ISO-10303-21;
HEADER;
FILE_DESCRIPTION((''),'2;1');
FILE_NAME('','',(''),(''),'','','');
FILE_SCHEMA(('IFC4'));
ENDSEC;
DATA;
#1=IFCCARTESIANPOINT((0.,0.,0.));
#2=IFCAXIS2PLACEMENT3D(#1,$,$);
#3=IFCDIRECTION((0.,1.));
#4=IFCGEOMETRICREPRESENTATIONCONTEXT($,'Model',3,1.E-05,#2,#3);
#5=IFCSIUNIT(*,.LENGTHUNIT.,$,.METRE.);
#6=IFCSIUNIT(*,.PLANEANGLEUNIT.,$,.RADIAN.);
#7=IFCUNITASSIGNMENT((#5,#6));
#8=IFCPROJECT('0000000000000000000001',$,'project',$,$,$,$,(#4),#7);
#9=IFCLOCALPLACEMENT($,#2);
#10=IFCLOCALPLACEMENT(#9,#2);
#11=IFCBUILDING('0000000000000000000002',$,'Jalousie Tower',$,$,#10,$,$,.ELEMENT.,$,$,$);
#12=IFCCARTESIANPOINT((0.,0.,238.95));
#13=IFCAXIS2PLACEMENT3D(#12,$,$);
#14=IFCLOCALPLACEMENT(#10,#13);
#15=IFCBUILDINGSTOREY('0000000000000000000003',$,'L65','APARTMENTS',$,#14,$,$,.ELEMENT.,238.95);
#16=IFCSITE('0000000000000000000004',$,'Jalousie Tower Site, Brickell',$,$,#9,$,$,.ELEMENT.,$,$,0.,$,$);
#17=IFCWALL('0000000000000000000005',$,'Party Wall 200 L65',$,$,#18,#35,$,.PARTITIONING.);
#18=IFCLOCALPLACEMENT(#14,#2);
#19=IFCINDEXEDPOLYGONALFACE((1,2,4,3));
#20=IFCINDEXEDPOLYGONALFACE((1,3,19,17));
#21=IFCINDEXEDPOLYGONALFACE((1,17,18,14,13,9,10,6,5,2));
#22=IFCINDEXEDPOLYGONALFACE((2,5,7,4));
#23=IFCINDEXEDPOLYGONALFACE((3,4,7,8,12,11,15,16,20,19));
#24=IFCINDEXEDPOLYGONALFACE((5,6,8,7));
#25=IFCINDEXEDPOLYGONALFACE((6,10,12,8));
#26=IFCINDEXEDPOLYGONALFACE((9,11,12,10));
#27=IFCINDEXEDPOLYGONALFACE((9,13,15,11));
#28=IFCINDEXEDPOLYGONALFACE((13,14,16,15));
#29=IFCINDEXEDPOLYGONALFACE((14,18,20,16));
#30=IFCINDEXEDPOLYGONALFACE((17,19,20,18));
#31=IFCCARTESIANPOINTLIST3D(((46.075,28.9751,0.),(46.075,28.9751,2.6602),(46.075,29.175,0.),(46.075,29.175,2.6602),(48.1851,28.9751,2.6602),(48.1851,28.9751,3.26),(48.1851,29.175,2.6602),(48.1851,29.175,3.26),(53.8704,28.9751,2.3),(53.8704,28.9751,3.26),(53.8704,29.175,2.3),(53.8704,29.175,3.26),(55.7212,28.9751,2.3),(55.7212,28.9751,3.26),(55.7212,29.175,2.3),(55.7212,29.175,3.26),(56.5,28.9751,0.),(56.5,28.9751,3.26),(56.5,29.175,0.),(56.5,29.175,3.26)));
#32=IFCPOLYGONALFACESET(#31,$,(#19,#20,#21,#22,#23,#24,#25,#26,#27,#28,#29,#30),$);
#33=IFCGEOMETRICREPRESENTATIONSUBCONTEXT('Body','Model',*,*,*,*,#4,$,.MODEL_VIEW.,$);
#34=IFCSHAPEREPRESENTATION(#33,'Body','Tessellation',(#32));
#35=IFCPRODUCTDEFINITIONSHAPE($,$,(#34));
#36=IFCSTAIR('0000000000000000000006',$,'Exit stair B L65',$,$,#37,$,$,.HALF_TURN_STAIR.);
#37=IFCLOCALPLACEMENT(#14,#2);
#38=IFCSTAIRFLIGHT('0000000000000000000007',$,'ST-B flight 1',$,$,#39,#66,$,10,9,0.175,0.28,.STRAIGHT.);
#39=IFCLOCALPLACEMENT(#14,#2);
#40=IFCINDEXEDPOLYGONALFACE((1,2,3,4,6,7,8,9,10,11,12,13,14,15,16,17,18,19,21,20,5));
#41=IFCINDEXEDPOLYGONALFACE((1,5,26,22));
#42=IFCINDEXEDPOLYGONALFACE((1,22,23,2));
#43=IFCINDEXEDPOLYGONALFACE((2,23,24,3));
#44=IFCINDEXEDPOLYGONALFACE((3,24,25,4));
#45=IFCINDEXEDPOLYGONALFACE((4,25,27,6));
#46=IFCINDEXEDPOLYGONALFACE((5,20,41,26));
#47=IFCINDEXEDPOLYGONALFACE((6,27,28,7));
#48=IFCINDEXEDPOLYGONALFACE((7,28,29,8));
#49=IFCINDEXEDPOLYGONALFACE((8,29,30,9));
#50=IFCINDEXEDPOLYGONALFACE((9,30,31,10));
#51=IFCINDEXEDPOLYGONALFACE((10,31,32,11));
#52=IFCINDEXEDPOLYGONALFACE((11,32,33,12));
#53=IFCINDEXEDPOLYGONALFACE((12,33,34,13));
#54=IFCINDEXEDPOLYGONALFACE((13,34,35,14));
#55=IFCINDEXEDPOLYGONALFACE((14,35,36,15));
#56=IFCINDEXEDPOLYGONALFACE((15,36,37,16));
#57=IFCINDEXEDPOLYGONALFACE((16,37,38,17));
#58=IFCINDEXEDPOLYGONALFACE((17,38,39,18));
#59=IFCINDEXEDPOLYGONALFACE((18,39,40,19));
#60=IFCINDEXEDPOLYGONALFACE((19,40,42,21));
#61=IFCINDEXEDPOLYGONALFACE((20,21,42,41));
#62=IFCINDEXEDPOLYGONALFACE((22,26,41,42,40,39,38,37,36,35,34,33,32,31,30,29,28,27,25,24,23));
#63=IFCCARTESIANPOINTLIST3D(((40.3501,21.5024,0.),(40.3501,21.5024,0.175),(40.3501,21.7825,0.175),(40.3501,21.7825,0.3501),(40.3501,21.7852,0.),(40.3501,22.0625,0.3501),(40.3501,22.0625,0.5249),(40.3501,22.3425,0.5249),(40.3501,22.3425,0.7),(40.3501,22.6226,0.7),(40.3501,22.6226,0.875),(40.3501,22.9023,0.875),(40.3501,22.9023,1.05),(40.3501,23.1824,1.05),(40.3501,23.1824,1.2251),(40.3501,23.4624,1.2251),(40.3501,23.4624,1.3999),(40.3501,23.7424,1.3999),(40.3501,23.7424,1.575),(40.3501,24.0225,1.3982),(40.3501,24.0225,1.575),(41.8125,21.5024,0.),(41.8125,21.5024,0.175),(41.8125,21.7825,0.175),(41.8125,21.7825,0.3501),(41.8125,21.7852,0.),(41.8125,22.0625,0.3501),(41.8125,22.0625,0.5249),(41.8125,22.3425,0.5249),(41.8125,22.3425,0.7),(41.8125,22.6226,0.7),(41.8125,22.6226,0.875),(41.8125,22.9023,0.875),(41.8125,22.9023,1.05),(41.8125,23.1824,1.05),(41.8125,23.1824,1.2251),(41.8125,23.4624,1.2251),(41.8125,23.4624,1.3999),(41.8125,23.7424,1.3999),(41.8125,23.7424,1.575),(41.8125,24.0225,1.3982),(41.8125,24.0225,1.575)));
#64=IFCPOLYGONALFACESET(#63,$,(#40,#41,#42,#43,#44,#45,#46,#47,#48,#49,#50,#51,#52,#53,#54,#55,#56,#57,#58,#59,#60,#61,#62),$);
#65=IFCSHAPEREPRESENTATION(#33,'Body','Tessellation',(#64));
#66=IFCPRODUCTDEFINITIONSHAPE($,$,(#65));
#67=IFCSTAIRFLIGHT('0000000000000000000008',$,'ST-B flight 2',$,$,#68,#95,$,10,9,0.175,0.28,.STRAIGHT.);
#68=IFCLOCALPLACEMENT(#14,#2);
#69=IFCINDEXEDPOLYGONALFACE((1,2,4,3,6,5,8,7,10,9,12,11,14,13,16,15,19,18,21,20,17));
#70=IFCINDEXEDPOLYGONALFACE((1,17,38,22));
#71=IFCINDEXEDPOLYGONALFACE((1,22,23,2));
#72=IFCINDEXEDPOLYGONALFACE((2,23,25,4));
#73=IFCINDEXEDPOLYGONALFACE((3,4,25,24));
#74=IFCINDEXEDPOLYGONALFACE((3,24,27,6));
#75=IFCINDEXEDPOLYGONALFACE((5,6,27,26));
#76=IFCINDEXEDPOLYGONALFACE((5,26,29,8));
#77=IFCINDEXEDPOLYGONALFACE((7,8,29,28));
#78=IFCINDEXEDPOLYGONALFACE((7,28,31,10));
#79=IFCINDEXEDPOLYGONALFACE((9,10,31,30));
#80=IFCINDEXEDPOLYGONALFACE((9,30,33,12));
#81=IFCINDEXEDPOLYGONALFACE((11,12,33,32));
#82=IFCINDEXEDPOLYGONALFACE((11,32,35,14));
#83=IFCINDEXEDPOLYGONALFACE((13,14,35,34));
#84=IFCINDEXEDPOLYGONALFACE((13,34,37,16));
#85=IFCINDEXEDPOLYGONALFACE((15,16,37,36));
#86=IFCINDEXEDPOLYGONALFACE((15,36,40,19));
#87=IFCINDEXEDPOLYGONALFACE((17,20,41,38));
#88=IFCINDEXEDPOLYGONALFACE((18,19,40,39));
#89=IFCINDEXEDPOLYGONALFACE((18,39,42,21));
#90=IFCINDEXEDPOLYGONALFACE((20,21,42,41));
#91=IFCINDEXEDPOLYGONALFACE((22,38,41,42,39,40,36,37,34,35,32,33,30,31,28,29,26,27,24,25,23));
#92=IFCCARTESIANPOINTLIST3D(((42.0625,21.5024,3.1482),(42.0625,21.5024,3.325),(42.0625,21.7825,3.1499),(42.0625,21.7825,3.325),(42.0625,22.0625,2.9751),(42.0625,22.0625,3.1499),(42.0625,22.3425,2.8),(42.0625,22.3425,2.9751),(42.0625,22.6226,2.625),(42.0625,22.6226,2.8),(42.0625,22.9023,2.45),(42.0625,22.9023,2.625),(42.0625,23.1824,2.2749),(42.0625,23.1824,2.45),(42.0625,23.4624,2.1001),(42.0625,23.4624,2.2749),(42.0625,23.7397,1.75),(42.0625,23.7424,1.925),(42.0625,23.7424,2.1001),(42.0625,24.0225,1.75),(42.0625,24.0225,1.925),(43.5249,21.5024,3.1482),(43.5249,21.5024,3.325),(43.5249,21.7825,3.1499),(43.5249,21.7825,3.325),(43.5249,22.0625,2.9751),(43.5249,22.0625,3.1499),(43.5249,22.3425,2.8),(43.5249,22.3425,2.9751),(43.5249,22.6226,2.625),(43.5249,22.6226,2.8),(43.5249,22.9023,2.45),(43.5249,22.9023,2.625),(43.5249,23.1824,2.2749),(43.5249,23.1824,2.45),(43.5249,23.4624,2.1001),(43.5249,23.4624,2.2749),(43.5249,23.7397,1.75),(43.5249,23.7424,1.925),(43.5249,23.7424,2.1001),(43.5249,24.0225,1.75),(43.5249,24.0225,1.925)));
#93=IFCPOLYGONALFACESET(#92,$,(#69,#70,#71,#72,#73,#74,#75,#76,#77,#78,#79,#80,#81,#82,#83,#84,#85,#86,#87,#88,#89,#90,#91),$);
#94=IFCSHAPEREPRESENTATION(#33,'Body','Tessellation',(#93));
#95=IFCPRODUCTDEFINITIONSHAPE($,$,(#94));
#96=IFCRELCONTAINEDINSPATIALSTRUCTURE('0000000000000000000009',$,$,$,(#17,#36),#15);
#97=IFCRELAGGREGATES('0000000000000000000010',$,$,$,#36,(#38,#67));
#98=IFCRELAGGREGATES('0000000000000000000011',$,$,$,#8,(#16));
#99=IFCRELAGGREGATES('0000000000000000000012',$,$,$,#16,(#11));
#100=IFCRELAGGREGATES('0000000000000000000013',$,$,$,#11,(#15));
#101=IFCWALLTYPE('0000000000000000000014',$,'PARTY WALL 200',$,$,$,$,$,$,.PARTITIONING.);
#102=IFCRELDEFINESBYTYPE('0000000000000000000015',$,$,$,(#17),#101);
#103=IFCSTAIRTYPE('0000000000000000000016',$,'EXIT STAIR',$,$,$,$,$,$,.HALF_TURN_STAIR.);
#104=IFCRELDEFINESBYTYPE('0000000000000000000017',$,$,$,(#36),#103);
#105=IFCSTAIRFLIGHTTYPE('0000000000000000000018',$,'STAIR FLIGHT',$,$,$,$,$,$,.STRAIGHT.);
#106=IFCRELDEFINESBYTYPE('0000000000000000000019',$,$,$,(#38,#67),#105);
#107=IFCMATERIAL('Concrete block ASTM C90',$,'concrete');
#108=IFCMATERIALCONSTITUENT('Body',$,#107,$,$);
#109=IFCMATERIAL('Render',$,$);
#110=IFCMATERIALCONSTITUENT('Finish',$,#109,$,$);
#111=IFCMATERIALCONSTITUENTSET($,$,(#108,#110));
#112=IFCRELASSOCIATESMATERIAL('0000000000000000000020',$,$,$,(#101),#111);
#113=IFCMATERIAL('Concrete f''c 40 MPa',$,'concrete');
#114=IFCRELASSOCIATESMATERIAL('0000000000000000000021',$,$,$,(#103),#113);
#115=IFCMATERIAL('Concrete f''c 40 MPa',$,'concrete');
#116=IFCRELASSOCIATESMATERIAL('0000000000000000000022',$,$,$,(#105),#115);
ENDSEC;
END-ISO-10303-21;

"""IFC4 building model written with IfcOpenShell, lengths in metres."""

from ifc_helpers import new_model, si_unit, direction, frame, origin, place, context, subcontext, project, spatial, polyline, outline, extrude, material, constituent, constituent_set, type_object, element, aggregate, save


model = new_model("IFC4")

# Units and contexts
model_context = context("Model", 3, precision=1e-05, world=origin(), true_north=direction((0.0, 1.0)))
body_context = subcontext(model_context, "Body", "Model", "MODEL_VIEW")
ifc_project = project(units=[si_unit("LENGTHUNIT", "METRE"), si_unit("PLANEANGLEUNIT", "RADIAN")], contexts=[model_context])

# Site, building, storey
site_placement = place(None, origin())
site = spatial("IfcSite", under=ifc_project, at=site_placement, Name="Jalousie Tower Site, Brickell", CompositionType="ELEMENT", RefElevation=0.0)
building_placement = place(site_placement, origin())
building = spatial("IfcBuilding", under=site, at=building_placement, Name="Jalousie Tower", CompositionType="ELEMENT")
storey_placement = place(building_placement, frame((0.0, 0.0, 238.95)))
storey = spatial("IfcBuildingStorey", under=building, at=storey_placement, Name="L65", Description="APARTMENTS", CompositionType="ELEMENT", Elevation=238.95)

# Wall
ifc_material_1 = material(Name="Concrete block ASTM C90", Category="concrete")
ifc_constituent_1 = constituent(ifc_material_1, Name="Body")
ifc_material_2 = material(Name="Render")
ifc_constituent_2 = constituent(ifc_material_2, Name="Finish")
ifc_constituent_set_1 = constituent_set(constituents=[ifc_constituent_1, ifc_constituent_2])
wall_type_1 = type_object("IfcWallType", Name="PARTY WALL 200", PredefinedType="PARTITIONING", material=ifc_constituent_set_1)
wall_1_placement = place(storey_placement, frame((46.075, 29.075, 0.0), z_axis=(0.0, 0.0, 1.0), x_axis=(1.0, 0.0, 0.0)))
element("IfcWall", 1, at=wall_1_placement, inside=storey, type_object=wall_type_1, Name="Party Wall 200 L65", PredefinedType="PARTITIONING", context=body_context, shape_type="SweptSolid", body=[
    extrude(outline(polyline([(0.0, 0.0), (10.425, 0.0), (10.425, 3.26), (9.6462, 3.26), (9.6462, 2.3), (7.7954, 2.3), (7.7954, 3.26), (2.1101, 3.26), (2.1101, 2.6602), (0.0, 2.6602), (0.0, 3.26), (0.0, 0.0)])), frame((0.0, 0.1001, 0.0), z_axis=(0.0, -1.0, 0.0), x_axis=(1.0, 0.0, 0.0)), (0.0, 0.0, 1.0), 0.2),
])

# Stair, stair flights
ifc_material_3 = material(Name="Concrete f'c 40 MPa", Category="concrete")
stair_type = type_object("IfcStairType", Name="EXIT STAIR", PredefinedType="HALF_TURN_STAIR", material=ifc_material_3)
stair_placement = place(storey_placement, origin())
stair = element("IfcStair", 2, at=stair_placement, inside=storey, type_object=stair_type, Name="Exit stair B L65", PredefinedType="HALF_TURN_STAIR")
ifc_material_4 = material(Name="Concrete f'c 40 MPa", Category="concrete")
stair_flight_type = type_object("IfcStairFlightType", Name="STAIR FLIGHT", PredefinedType="STRAIGHT", material=ifc_material_4)
stair_flight_1_placement = place(storey_placement, frame((41.0813, 21.5024, 0.0), z_axis=(0.0, 0.0, 1.0), x_axis=(0.0, 1.0, 0.0)))
stair_flight_1 = element("IfcStairFlight", 3, at=stair_flight_1_placement, type_object=stair_flight_type, Name="ST-B flight 1", NumberOfRisers=10, NumberOfTreads=9, PredefinedType="STRAIGHT", RiserHeight=0.175, TreadLength=0.28, context=body_context, shape_type="SweptSolid", body=[
    extrude(outline(polyline([(0.0, 0.0), (0.0, 0.175), (0.28, 0.175), (0.28, 0.3501), (0.5601, 0.3501), (0.5601, 0.5249), (0.8401, 0.5249), (0.8401, 0.7), (1.1201, 0.7), (1.1201, 0.875), (1.3999, 0.875), (1.3999, 1.05), (1.6799, 1.05), (1.6799, 1.2251), (1.96, 1.2251), (1.96, 1.3999), (2.24, 1.3999), (2.24, 1.575), (2.52, 1.575), (2.52, 1.75), (2.52, 1.3982), (0.2827, 0.0), (0.0, 0.0)])), frame((0.0, 0.7312, 0.0), z_axis=(0.0, -1.0, 0.0), x_axis=(1.0, 0.0, 0.0)), (0.0, 0.0, 1.0), 1.4624),
])
stair_flight_2_placement = place(storey_placement, frame((42.7937, 24.0225, 1.75), z_axis=(0.0, 0.0, 1.0), x_axis=(0.0, -1.0, 0.0)))
stair_flight_2 = element("IfcStairFlight", 4, at=stair_flight_2_placement, type_object=stair_flight_type, Name="ST-B flight 2", NumberOfRisers=10, NumberOfTreads=9, PredefinedType="STRAIGHT", RiserHeight=0.175, TreadLength=0.28, context=body_context, shape_type="SweptSolid", body=[
    extrude(outline(polyline([(0.0, 0.0), (0.0, 0.175), (0.28, 0.175), (0.28, 0.3501), (0.5601, 0.3501), (0.5601, 0.5249), (0.8401, 0.5249), (0.8401, 0.7), (1.1201, 0.7), (1.1201, 0.875), (1.3999, 0.875), (1.3999, 1.05), (1.6799, 1.05), (1.6799, 1.2251), (1.96, 1.2251), (1.96, 1.3999), (2.24, 1.3999), (2.24, 1.575), (2.52, 1.575), (2.52, 1.75), (2.52, 1.3982), (0.2827, 0.0), (0.0, 0.0)])), frame((0.0, 0.7312, 0.0), z_axis=(0.0, -1.0, 0.0), x_axis=(1.0, 0.0, 0.0)), (0.0, 0.0, 1.0), 1.4624),
])
aggregate(stair, [stair_flight_1, stair_flight_2])

save(model, "model.ifc")
